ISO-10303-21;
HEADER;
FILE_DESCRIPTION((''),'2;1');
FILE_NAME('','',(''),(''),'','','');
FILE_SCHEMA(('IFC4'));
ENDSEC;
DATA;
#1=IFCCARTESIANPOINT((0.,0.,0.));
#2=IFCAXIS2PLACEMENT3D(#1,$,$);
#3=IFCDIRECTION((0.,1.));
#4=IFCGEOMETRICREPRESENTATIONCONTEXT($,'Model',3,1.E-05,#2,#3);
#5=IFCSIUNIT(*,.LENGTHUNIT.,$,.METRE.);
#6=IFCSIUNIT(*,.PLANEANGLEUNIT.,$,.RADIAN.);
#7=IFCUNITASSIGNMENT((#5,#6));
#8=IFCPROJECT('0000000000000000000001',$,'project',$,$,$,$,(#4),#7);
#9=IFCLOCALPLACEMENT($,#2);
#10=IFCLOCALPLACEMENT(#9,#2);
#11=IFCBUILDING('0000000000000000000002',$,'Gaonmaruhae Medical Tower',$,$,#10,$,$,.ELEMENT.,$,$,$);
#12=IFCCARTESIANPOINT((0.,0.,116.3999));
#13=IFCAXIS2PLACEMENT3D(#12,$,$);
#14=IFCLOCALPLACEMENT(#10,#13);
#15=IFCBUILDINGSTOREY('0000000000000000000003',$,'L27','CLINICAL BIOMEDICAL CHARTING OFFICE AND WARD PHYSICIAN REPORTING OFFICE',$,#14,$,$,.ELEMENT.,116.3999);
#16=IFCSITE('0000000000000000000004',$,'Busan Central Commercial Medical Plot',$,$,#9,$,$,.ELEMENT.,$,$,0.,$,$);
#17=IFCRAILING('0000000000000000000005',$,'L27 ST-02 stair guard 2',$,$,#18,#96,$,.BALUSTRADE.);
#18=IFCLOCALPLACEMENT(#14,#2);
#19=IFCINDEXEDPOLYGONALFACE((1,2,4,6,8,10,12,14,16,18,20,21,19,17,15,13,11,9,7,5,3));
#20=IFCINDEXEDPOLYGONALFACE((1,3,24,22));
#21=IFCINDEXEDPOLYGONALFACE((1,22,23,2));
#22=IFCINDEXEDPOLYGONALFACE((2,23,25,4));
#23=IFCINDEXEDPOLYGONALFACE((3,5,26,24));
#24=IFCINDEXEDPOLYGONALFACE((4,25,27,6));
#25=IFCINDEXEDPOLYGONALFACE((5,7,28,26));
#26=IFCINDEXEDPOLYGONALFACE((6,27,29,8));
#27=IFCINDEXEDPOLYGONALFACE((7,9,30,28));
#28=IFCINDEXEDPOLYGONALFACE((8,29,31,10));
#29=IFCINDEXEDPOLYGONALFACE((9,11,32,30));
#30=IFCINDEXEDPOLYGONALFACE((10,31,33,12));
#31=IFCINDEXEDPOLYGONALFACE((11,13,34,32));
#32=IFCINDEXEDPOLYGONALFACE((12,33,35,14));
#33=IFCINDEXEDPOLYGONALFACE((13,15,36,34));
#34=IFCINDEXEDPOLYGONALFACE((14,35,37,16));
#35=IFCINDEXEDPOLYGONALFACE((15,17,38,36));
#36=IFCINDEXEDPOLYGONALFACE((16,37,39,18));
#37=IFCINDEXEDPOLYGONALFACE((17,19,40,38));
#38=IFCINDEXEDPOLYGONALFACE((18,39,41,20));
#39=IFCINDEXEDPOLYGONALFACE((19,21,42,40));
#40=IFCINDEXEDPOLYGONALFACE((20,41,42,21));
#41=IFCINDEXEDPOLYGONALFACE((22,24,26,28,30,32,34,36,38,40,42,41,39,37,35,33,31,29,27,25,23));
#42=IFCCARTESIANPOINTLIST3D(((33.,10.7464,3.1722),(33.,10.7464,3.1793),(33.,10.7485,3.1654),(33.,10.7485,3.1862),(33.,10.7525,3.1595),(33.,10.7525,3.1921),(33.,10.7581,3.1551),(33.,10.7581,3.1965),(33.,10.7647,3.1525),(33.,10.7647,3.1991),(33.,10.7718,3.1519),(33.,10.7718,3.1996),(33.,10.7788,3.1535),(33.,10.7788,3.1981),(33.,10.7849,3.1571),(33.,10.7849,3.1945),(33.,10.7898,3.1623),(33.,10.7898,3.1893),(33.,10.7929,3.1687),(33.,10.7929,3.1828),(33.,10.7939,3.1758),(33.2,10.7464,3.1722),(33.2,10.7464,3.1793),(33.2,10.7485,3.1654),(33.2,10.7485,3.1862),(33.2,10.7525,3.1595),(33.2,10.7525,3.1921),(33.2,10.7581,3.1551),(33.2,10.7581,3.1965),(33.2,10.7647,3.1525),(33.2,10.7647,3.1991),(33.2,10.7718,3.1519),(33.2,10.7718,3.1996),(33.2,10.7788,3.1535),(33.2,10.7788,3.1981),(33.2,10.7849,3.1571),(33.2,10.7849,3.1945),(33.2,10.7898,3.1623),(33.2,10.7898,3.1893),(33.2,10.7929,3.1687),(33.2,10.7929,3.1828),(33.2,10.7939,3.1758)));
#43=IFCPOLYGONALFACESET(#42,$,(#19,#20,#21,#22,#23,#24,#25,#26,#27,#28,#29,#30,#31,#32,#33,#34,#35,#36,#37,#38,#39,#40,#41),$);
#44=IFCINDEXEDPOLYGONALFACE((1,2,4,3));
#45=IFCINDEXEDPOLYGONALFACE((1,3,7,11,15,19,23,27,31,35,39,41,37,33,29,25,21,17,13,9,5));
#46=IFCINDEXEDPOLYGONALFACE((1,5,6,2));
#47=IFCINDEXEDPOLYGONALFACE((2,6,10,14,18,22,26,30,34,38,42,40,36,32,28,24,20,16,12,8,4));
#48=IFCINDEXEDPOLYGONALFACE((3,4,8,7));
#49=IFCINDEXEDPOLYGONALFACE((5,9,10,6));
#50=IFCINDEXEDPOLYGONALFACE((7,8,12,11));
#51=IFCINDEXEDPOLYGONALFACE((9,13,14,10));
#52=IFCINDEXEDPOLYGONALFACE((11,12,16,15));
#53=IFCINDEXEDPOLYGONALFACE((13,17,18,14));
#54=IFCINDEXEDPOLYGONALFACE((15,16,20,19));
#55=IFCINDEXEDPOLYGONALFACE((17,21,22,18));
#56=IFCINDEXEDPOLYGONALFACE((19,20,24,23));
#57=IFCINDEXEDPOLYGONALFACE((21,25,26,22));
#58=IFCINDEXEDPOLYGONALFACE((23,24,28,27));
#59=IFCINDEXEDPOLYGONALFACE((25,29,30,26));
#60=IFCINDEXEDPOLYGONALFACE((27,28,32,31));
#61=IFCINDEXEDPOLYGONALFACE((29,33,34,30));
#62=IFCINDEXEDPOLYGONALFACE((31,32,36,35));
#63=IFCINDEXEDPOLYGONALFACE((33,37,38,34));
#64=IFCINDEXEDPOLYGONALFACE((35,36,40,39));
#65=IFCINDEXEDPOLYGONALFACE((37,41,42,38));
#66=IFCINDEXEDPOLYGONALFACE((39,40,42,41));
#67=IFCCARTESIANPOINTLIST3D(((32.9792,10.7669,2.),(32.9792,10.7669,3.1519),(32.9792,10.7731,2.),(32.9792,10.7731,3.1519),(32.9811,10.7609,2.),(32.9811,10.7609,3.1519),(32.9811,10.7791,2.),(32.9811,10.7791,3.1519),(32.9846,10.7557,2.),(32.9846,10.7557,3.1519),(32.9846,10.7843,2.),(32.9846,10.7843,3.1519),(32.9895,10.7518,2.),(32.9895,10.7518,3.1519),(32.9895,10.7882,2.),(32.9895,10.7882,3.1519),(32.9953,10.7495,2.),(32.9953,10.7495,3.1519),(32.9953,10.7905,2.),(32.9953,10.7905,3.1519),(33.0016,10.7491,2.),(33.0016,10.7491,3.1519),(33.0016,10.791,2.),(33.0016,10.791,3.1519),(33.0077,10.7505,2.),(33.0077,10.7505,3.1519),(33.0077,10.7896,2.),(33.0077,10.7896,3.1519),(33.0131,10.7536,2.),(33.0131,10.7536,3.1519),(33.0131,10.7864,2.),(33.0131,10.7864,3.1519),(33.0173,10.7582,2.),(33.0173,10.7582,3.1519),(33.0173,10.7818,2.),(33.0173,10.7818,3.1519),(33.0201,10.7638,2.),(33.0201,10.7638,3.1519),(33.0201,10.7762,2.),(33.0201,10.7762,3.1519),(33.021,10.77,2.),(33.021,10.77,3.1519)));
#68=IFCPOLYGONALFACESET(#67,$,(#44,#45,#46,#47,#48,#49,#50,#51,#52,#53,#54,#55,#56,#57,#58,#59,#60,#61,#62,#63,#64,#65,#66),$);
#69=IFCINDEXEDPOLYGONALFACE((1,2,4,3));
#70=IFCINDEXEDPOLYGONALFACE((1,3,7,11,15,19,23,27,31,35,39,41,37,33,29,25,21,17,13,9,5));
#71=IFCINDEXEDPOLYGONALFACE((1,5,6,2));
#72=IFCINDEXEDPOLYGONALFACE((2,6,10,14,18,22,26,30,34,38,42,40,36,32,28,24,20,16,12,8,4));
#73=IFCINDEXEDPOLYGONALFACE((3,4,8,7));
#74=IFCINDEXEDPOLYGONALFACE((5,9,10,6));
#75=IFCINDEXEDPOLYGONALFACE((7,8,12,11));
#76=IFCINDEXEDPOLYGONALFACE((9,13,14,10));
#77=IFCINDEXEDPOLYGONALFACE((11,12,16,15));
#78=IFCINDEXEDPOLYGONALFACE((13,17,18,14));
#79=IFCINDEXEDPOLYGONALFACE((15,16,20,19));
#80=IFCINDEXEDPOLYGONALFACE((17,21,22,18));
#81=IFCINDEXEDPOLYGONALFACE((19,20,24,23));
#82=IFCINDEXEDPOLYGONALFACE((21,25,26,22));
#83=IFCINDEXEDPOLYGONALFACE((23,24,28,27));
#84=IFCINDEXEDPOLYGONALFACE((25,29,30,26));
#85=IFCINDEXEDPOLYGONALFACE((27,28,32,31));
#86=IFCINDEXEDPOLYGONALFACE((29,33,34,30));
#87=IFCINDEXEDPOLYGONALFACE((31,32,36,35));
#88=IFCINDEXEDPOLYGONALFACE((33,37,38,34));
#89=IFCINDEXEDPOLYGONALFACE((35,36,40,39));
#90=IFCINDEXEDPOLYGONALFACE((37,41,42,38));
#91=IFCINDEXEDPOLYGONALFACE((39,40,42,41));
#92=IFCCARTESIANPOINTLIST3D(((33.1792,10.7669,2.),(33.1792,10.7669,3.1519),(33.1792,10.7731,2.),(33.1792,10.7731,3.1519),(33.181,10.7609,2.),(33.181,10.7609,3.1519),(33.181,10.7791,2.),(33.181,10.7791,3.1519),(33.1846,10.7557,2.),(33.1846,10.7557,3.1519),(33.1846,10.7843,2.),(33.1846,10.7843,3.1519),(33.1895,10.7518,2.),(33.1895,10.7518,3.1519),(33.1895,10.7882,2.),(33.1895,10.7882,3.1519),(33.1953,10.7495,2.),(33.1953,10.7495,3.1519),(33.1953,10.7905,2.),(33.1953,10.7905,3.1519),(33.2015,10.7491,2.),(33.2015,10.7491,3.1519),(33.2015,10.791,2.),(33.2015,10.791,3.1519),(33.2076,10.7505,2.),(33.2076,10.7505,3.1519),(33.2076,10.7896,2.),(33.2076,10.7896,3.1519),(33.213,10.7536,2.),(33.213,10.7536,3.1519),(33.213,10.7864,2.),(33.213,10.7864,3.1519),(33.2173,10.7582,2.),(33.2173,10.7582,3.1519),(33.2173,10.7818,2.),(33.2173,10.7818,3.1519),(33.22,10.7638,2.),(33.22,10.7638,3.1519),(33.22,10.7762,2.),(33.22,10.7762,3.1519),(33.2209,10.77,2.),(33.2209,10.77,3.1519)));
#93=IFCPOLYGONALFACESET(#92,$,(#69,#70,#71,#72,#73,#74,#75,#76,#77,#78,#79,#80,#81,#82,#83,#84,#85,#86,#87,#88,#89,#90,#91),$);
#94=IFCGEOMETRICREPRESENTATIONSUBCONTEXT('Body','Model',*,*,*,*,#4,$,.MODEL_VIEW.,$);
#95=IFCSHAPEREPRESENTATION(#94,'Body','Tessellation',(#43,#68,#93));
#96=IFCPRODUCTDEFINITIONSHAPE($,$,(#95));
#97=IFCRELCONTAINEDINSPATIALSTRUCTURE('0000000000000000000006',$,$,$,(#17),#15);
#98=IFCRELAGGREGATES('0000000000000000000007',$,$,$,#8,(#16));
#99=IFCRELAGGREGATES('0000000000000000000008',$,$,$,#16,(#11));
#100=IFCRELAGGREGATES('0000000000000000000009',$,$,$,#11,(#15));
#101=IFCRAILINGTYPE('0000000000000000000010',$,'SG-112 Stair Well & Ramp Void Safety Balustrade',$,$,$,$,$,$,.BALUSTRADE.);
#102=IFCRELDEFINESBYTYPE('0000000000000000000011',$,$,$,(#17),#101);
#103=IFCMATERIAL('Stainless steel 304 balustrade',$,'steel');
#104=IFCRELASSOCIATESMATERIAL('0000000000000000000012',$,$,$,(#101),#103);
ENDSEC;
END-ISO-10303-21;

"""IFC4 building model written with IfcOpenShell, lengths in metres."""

from ifc_helpers import new_model, si_unit, direction, frame, origin, origin_2d, place, context, subcontext, project, spatial, circle, extrude, material, type_object, element, save


model = new_model("IFC4")

# Units and contexts
model_context = context("Model", 3, precision=1e-05, world=origin(), true_north=direction((0.0, 1.0)))
body_context = subcontext(model_context, "Body", "Model", "MODEL_VIEW")
ifc_project = project(units=[si_unit("LENGTHUNIT", "METRE"), si_unit("PLANEANGLEUNIT", "RADIAN")], contexts=[model_context])

# Site, building, storey
site_placement = place(None, origin())
site = spatial("IfcSite", under=ifc_project, at=site_placement, Name="Busan Central Commercial Medical Plot", CompositionType="ELEMENT", RefElevation=0.0)
building_placement = place(site_placement, origin())
building = spatial("IfcBuilding", under=site, at=building_placement, Name="Gaonmaruhae Medical Tower", CompositionType="ELEMENT")
storey_placement = place(building_placement, frame((0.0, 0.0, 116.3999)))
storey = spatial("IfcBuildingStorey", under=building, at=storey_placement, Name="L27", Description="CLINICAL BIOMEDICAL CHARTING OFFICE AND WARD PHYSICIAN REPORTING OFFICE", CompositionType="ELEMENT", Elevation=116.3999)

# Railing
ifc_material_1 = material(Name="Stainless steel 304 balustrade", Category="steel")
railing_type_1 = type_object("IfcRailingType", Name="SG-112 Stair Well & Ramp Void Safety Balustrade", PredefinedType="BALUSTRADE", material=ifc_material_1)
railing_1_placement = place(storey_placement, frame((33.0, 10.77, 2.0)))
element("IfcRailing", 1, at=railing_1_placement, inside=storey, type_object=railing_type_1, Name="L27 ST-02 stair guard 2", PredefinedType="BALUSTRADE", context=body_context, shape_type="SweptSolid", body=[
    extrude(circle(Radius=0.0239, at=origin_2d()), frame((0.0, 0.0, 1.1758), z_axis=(1.0, 0.0, 0.0), x_axis=(0.0, 1.0, 0.0)), (0.0, 0.0, 1.0), 0.2),
    extrude(circle(Radius=0.021, at=origin_2d()), origin(), (0.0, 0.0, 1.0), 1.1519),
    extrude(circle(Radius=0.021, at=origin_2d()), frame((0.2, 0.0, 0.0)), (0.0, 0.0, 1.0), 1.1519),
])

save(model, "model.ifc")
